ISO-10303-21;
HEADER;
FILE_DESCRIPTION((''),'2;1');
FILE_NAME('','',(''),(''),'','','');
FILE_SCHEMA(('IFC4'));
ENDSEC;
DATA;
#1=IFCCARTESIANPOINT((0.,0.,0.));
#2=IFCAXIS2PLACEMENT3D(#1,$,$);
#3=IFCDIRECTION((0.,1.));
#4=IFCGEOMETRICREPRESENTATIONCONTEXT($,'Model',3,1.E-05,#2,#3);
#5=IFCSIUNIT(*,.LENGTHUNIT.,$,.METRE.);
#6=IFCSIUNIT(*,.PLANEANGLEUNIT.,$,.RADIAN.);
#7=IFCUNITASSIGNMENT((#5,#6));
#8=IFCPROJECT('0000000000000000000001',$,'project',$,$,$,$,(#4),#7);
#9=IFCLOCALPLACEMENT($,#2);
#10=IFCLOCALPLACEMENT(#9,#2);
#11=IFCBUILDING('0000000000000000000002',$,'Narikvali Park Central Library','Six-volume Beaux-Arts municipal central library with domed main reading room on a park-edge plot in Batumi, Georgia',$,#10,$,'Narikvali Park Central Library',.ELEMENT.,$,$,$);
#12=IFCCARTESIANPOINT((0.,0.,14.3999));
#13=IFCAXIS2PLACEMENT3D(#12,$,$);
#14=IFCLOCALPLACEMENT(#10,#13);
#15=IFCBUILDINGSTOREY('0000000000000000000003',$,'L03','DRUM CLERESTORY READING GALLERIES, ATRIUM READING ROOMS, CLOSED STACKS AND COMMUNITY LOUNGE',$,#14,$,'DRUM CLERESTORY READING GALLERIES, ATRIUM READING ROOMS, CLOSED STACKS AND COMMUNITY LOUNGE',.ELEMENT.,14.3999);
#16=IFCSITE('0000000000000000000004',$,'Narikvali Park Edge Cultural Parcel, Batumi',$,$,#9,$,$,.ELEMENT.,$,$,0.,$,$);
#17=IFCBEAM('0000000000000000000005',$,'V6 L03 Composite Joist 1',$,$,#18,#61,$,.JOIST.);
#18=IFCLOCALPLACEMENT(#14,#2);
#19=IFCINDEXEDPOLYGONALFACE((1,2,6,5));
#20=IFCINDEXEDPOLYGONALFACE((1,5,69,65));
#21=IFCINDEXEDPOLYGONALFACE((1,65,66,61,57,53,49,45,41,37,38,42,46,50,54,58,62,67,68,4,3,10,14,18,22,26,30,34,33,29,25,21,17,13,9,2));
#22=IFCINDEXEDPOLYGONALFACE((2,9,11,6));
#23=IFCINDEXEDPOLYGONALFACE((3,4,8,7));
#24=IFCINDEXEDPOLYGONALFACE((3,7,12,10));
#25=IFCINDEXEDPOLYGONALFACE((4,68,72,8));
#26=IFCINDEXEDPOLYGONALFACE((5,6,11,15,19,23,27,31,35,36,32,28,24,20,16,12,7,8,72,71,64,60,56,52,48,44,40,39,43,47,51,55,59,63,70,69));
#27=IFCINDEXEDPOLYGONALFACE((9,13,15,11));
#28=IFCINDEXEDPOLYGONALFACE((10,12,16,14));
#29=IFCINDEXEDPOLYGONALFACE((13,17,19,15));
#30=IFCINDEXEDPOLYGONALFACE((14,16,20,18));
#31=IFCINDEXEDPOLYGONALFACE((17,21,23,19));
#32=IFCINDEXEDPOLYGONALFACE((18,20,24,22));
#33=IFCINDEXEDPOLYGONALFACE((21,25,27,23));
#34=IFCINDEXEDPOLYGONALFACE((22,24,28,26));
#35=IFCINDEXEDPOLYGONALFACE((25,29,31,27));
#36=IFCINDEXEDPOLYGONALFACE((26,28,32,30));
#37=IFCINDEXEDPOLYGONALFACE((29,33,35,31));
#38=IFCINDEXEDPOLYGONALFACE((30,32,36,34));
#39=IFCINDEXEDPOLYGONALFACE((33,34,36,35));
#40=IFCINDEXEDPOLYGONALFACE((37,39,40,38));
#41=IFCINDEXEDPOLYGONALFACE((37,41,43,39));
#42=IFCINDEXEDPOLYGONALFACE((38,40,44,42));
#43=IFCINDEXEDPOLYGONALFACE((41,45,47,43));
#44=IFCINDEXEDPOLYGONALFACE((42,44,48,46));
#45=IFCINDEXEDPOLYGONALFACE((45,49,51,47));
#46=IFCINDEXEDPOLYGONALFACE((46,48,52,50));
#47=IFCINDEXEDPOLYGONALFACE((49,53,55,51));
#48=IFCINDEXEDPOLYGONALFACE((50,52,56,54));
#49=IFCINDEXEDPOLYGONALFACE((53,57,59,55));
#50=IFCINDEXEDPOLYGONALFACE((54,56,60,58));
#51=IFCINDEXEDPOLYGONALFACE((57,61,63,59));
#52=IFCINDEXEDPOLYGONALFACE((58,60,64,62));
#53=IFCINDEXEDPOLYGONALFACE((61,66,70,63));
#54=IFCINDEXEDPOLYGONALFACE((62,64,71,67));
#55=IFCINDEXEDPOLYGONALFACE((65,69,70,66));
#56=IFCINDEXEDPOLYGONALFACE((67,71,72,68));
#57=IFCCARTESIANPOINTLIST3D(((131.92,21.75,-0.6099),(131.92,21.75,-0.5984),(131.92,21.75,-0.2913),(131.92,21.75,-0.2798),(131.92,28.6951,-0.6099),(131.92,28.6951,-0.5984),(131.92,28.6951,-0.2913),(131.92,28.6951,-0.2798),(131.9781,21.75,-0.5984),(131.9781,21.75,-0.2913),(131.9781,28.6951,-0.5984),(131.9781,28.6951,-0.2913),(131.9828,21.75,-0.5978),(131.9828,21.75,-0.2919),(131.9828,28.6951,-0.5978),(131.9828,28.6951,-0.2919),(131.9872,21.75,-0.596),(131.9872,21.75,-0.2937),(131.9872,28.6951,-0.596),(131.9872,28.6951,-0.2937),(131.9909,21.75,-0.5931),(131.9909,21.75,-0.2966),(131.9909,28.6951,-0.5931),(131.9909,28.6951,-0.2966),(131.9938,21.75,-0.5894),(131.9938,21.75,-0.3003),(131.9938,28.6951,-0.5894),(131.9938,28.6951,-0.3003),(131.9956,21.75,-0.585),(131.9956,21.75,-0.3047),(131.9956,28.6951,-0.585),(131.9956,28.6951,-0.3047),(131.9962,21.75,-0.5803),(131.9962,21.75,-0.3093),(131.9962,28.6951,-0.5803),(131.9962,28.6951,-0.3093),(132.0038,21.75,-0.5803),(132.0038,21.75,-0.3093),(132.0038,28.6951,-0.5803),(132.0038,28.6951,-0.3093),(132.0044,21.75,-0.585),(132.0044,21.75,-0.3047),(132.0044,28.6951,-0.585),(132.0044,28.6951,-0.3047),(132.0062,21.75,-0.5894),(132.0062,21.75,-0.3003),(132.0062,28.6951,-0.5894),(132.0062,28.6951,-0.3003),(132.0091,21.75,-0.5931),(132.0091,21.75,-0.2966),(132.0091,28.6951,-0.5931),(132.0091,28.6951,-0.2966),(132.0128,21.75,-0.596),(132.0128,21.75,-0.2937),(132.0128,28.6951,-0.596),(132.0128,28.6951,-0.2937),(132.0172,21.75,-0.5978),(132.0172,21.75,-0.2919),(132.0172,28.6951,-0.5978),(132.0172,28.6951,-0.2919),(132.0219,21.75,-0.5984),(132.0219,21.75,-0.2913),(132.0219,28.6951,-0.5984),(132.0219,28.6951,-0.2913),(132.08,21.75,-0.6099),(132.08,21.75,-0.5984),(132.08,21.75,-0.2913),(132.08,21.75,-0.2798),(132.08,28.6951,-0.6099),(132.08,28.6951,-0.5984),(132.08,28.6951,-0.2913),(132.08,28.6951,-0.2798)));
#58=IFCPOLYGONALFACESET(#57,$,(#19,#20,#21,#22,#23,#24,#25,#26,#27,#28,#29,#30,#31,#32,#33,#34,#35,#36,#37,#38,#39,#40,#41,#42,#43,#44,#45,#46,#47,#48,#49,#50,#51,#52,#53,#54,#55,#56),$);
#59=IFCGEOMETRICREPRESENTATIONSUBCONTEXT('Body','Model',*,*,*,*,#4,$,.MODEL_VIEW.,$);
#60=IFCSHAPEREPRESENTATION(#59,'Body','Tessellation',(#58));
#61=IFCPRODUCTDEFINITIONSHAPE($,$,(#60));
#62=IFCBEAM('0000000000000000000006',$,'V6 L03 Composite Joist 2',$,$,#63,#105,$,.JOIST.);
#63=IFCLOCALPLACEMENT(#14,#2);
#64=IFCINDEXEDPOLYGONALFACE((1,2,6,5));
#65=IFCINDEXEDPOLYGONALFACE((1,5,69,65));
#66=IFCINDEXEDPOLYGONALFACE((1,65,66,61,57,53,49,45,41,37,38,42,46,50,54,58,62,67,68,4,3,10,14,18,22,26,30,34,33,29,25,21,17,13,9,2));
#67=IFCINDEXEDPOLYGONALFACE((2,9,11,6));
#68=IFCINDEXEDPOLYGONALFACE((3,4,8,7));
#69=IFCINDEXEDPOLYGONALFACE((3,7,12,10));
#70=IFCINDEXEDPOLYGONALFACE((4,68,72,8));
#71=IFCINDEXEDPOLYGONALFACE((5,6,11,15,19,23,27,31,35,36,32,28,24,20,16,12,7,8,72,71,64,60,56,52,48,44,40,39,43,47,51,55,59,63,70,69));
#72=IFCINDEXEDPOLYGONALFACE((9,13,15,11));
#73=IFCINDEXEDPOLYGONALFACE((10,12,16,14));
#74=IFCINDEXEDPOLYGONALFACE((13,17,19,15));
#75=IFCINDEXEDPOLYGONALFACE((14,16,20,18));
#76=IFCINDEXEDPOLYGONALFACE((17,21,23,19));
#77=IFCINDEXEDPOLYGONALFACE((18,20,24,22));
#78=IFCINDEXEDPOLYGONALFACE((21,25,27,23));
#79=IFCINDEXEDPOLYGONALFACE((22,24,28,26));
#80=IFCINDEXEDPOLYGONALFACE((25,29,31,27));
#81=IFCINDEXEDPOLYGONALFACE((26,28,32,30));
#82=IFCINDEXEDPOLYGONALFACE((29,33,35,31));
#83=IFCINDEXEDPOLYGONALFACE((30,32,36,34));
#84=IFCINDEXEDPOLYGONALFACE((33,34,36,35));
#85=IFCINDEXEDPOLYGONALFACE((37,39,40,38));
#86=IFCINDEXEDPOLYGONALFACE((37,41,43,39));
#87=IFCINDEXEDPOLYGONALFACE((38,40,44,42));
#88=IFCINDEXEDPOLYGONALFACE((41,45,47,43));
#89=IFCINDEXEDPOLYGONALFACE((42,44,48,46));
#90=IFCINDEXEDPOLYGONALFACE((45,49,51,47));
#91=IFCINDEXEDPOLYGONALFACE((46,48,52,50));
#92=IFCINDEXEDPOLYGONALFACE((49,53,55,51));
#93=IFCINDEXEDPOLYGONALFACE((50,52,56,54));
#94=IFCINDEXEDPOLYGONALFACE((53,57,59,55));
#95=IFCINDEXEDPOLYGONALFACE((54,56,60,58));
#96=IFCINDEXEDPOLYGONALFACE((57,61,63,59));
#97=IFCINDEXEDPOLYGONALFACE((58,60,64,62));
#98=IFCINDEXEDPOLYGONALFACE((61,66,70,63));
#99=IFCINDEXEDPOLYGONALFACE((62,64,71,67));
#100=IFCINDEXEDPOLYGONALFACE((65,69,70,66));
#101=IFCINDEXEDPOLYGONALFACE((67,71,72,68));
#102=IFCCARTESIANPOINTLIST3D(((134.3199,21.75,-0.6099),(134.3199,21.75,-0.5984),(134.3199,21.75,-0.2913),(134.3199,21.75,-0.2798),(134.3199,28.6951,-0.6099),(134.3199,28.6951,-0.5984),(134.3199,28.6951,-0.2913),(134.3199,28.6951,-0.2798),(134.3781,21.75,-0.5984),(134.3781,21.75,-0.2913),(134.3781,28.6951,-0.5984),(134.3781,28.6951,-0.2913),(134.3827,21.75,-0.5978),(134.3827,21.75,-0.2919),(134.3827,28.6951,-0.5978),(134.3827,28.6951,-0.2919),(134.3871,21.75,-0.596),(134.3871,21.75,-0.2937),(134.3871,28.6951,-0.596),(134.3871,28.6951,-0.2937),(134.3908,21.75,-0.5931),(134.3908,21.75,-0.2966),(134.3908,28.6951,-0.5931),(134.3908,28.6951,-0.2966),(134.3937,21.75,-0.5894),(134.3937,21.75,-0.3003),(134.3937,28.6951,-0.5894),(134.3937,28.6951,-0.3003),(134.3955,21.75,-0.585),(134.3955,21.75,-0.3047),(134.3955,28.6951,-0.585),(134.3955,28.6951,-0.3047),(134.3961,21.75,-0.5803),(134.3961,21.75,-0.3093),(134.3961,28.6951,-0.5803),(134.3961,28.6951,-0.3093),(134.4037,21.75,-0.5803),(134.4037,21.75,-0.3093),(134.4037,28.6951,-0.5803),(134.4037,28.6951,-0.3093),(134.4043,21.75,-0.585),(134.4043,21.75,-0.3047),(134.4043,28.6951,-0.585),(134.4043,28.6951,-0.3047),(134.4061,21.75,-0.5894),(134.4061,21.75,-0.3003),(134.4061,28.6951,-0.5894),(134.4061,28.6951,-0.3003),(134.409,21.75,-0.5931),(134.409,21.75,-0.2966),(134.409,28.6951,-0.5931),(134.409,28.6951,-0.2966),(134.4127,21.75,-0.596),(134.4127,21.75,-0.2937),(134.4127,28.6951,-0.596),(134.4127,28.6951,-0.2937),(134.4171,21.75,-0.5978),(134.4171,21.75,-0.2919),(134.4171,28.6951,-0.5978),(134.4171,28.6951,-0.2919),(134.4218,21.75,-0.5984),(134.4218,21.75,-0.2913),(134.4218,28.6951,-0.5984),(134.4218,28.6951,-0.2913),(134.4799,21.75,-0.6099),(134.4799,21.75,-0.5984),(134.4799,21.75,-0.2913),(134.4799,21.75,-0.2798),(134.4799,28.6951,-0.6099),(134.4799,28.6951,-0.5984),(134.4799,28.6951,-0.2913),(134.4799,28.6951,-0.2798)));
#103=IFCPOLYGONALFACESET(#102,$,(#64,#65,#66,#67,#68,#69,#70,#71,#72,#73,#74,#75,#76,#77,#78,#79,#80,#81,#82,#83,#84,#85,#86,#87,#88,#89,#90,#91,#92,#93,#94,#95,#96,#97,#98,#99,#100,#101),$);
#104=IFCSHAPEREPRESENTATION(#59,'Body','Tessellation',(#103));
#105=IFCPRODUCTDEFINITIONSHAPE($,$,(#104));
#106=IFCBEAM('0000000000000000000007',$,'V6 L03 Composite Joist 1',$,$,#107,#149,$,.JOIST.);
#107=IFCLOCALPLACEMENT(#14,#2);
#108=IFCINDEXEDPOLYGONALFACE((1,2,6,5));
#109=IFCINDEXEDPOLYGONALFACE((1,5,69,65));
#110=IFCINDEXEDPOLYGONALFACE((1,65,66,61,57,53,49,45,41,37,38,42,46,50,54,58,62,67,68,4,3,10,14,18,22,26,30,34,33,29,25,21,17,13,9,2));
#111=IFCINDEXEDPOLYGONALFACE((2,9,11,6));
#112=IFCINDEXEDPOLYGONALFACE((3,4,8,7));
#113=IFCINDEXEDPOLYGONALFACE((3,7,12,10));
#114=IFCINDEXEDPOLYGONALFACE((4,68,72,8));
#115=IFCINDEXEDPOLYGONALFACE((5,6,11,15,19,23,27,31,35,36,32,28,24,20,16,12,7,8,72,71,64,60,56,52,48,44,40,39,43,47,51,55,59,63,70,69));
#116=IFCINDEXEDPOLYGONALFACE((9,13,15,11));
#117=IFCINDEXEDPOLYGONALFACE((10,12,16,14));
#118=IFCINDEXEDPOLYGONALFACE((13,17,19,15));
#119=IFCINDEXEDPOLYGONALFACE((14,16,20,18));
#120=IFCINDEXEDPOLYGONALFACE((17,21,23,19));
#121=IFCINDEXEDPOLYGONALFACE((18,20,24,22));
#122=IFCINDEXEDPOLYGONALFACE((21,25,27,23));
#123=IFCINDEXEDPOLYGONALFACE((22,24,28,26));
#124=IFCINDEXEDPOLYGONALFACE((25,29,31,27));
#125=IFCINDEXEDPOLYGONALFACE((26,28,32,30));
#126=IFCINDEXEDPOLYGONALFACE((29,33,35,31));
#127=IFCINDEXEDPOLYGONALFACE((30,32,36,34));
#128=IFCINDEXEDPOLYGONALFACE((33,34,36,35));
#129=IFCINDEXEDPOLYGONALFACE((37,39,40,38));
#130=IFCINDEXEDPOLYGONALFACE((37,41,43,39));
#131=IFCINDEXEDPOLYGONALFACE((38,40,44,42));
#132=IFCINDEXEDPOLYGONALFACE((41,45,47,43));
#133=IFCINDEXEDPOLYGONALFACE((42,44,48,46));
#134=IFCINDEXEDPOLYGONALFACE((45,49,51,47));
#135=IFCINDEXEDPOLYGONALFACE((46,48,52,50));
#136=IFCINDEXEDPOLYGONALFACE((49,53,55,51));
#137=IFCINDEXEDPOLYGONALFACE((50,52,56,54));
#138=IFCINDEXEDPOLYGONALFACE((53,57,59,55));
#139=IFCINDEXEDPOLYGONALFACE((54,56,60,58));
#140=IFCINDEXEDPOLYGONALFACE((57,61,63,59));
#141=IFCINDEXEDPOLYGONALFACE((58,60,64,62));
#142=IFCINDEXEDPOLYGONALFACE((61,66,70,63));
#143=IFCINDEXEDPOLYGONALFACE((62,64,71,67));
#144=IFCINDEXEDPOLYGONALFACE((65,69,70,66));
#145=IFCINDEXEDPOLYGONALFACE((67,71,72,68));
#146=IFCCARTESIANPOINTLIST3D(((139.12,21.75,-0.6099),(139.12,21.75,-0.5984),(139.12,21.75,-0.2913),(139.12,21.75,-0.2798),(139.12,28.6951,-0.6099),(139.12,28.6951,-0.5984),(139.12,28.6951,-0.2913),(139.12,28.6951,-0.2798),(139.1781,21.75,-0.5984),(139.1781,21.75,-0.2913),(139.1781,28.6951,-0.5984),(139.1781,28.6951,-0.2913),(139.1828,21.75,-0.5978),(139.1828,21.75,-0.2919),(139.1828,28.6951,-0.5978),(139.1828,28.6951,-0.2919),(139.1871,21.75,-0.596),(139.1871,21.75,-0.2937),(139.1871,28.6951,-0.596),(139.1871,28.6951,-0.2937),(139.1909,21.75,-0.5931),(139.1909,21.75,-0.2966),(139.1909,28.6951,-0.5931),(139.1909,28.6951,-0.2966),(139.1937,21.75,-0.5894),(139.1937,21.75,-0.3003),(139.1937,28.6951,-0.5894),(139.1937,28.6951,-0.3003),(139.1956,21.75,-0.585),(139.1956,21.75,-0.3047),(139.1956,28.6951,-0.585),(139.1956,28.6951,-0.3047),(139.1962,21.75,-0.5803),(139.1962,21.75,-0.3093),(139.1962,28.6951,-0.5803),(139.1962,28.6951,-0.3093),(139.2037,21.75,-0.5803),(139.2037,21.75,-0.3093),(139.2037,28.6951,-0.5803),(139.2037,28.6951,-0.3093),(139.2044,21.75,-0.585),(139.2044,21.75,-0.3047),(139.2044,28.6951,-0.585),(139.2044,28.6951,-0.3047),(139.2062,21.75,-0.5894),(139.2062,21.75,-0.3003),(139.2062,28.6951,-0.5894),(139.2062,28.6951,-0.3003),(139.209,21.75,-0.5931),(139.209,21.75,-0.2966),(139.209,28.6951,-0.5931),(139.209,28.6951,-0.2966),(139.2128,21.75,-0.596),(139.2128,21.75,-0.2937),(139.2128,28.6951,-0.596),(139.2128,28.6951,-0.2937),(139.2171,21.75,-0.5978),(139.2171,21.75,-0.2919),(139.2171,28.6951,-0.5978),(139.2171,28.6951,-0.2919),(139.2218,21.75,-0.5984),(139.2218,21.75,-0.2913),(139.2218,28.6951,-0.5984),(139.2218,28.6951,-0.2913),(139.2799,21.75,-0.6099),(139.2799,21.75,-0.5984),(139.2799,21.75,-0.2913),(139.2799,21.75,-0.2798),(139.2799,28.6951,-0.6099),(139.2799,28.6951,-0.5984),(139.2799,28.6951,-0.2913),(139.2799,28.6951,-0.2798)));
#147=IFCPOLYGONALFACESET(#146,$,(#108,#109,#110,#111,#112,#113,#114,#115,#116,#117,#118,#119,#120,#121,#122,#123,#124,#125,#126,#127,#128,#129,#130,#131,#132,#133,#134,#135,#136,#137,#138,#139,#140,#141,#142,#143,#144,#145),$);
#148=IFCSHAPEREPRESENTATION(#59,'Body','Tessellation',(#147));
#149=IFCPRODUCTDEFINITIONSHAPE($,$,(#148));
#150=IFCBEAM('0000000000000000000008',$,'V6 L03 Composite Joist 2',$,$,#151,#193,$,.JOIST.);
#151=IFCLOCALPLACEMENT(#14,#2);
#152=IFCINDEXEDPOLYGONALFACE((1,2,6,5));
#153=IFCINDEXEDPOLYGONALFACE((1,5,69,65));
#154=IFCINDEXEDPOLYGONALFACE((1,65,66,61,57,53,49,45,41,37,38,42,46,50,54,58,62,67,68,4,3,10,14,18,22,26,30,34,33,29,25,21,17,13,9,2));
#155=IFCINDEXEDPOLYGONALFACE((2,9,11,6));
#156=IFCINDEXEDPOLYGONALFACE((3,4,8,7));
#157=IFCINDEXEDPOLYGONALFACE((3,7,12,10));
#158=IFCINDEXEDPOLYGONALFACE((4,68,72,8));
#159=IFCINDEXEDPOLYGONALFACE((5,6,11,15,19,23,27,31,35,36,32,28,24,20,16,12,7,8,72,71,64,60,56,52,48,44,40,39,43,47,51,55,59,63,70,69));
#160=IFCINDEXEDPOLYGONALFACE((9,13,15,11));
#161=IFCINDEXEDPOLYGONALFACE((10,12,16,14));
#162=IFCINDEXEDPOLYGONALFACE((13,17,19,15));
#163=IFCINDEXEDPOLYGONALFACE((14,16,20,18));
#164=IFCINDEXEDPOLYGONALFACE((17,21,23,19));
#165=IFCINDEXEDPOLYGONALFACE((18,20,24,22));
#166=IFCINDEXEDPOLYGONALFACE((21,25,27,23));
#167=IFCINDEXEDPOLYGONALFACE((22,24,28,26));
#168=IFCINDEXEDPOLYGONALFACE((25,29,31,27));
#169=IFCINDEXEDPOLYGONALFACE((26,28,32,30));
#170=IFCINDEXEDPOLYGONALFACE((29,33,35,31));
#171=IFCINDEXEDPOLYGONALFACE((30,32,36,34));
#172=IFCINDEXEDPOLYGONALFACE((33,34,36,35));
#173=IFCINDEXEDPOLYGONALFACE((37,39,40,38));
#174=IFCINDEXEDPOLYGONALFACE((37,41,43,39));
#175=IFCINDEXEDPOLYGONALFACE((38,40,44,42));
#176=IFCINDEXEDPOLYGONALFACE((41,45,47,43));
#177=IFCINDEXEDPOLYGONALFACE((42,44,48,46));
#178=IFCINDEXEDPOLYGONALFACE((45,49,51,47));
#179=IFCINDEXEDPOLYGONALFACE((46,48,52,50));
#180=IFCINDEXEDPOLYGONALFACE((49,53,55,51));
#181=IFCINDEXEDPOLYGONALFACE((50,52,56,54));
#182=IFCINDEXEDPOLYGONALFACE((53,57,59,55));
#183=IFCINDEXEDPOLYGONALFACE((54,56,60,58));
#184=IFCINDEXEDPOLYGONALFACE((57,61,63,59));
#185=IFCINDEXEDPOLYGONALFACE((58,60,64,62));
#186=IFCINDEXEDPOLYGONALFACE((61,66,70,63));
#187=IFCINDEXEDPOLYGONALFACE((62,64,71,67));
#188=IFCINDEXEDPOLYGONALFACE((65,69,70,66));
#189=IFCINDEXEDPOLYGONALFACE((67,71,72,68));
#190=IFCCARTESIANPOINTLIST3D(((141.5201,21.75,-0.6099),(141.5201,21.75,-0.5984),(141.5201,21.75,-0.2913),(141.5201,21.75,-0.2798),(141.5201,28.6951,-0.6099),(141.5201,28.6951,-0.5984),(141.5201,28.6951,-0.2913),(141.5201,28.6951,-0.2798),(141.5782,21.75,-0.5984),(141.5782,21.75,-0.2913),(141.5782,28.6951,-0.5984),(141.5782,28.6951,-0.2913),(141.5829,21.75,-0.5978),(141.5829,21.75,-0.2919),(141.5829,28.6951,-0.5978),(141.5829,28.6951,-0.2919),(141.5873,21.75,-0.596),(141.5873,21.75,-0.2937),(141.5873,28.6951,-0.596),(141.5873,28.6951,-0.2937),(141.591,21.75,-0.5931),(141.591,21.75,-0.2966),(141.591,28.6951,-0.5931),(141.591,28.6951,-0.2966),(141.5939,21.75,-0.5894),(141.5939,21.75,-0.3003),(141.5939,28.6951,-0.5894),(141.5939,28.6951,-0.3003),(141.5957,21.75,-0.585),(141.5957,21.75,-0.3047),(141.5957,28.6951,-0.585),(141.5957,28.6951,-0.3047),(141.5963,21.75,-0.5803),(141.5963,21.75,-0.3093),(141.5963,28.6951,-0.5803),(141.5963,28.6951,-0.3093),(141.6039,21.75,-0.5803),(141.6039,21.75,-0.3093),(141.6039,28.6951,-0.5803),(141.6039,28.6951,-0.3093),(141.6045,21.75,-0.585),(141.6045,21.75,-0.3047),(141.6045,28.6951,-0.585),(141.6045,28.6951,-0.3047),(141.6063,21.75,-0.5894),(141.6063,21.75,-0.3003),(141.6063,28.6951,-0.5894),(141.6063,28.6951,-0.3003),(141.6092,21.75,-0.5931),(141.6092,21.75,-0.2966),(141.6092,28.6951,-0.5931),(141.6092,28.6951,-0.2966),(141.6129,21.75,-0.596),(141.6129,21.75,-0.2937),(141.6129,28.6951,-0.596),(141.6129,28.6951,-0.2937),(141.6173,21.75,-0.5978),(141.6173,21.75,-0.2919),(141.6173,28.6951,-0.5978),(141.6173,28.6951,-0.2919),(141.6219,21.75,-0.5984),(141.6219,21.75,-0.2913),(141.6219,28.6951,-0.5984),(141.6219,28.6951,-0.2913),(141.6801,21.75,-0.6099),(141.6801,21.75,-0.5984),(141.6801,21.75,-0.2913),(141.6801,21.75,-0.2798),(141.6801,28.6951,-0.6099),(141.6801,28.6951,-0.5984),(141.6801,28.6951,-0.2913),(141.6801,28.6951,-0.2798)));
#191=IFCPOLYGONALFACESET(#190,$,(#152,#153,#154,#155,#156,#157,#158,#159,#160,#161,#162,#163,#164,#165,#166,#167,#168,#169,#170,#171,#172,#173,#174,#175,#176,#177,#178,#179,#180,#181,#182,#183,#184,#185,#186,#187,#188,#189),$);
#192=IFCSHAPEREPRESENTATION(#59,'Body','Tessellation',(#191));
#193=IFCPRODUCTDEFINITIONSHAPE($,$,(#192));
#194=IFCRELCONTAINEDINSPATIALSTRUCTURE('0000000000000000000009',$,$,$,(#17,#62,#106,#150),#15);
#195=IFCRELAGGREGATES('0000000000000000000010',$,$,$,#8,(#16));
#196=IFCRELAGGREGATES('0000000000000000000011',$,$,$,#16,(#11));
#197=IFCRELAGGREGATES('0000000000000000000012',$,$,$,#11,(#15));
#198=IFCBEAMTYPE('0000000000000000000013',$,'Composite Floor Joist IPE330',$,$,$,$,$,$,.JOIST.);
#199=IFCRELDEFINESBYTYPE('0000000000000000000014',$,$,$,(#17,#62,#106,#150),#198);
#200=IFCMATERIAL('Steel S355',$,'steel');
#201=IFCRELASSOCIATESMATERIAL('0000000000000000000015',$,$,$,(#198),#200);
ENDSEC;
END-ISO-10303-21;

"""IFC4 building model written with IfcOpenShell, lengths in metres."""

from ifc_helpers import new_model, si_unit, direction, frame, origin, origin_2d, place, context, subcontext, project, spatial, i_section, extrude, material, material_profile, profile_set, type_object, element, save


model = new_model("IFC4")

# Units and contexts
model_context = context("Model", 3, precision=1e-05, world=origin(), true_north=direction((0.0, 1.0)))
body_context = subcontext(model_context, "Body", "Model", "MODEL_VIEW")
ifc_project = project(units=[si_unit("LENGTHUNIT", "METRE"), si_unit("PLANEANGLEUNIT", "RADIAN")], contexts=[model_context])

# Site, building, storey
site_placement = place(None, origin())
site = spatial("IfcSite", under=ifc_project, at=site_placement, Name="Narikvali Park Edge Cultural Parcel, Batumi", CompositionType="ELEMENT", RefElevation=0.0)
building_placement = place(site_placement, origin())
building = spatial("IfcBuilding", under=site, at=building_placement, Name="Narikvali Park Central Library", Description="Six-volume Beaux-Arts municipal central library with domed main reading room on a park-edge plot in Batumi, Georgia", LongName="Narikvali Park Central Library", CompositionType="ELEMENT")
storey_placement = place(building_placement, frame((0.0, 0.0, 14.3999)))
storey = spatial("IfcBuildingStorey", under=building, at=storey_placement, Name="L03", Description="DRUM CLERESTORY READING GALLERIES, ATRIUM READING ROOMS, CLOSED STACKS AND COMMUNITY LOUNGE", LongName="DRUM CLERESTORY READING GALLERIES, ATRIUM READING ROOMS, CLOSED STACKS AND COMMUNITY LOUNGE", CompositionType="ELEMENT", Elevation=14.3999)

# Shared definitions
ifc_material_1 = material(Name="Steel S355", Category="steel")

# Beams
ifc_material_profile_1 = material_profile(ifc_material_1, i_section(OverallWidth=0.1599, OverallDepth=0.3301, WebThickness=0.0076, FlangeThickness=0.0115, FilletRadius=0.0181, at=origin_2d()), Name="IPE 330")
ifc_profile_set_1 = profile_set([ifc_material_profile_1], Name="Steel S355")
beam_type_1 = type_object("IfcBeamType", Name="Composite Floor Joist IPE330", PredefinedType="JOIST", material=ifc_profile_set_1)
for number, where, z_axis, x_axis, name in (
    (1, (132.0, 21.75, -0.4448), (0.0, 1.0, 0.0), (-1.0, 0.0, 0.0), "V6 L03 Composite Joist 1"),
    (2, (134.3999, 21.75, -0.4448), (0.0, 1.0, 0.0), (-1.0, 0.0, 0.0), "V6 L03 Composite Joist 2"),
    (3, (139.2, 21.75, -0.4448), (0.0, 1.0, 0.0), (-1.0, 0.0, 0.0), "V6 L03 Composite Joist 1"),
    (4, (141.6001, 21.75, -0.4448), (0.0, 1.0, 0.0), (-1.0, 0.0, 0.0), "V6 L03 Composite Joist 2"),
):
    element("IfcBeam", number, at=place(storey_placement, frame(where, z_axis=z_axis, x_axis=x_axis)), inside=storey, type_object=beam_type_1, Name=name, PredefinedType="JOIST", context=body_context, shape_type="SweptSolid", body=[
        extrude(i_section(OverallWidth=0.1599, OverallDepth=0.3301, WebThickness=0.0076, FlangeThickness=0.0115, FilletRadius=0.0181, at=origin_2d()), origin(), (0.0, 0.0, 1.0), 6.9451),
    ])

save(model, "model.ifc")
